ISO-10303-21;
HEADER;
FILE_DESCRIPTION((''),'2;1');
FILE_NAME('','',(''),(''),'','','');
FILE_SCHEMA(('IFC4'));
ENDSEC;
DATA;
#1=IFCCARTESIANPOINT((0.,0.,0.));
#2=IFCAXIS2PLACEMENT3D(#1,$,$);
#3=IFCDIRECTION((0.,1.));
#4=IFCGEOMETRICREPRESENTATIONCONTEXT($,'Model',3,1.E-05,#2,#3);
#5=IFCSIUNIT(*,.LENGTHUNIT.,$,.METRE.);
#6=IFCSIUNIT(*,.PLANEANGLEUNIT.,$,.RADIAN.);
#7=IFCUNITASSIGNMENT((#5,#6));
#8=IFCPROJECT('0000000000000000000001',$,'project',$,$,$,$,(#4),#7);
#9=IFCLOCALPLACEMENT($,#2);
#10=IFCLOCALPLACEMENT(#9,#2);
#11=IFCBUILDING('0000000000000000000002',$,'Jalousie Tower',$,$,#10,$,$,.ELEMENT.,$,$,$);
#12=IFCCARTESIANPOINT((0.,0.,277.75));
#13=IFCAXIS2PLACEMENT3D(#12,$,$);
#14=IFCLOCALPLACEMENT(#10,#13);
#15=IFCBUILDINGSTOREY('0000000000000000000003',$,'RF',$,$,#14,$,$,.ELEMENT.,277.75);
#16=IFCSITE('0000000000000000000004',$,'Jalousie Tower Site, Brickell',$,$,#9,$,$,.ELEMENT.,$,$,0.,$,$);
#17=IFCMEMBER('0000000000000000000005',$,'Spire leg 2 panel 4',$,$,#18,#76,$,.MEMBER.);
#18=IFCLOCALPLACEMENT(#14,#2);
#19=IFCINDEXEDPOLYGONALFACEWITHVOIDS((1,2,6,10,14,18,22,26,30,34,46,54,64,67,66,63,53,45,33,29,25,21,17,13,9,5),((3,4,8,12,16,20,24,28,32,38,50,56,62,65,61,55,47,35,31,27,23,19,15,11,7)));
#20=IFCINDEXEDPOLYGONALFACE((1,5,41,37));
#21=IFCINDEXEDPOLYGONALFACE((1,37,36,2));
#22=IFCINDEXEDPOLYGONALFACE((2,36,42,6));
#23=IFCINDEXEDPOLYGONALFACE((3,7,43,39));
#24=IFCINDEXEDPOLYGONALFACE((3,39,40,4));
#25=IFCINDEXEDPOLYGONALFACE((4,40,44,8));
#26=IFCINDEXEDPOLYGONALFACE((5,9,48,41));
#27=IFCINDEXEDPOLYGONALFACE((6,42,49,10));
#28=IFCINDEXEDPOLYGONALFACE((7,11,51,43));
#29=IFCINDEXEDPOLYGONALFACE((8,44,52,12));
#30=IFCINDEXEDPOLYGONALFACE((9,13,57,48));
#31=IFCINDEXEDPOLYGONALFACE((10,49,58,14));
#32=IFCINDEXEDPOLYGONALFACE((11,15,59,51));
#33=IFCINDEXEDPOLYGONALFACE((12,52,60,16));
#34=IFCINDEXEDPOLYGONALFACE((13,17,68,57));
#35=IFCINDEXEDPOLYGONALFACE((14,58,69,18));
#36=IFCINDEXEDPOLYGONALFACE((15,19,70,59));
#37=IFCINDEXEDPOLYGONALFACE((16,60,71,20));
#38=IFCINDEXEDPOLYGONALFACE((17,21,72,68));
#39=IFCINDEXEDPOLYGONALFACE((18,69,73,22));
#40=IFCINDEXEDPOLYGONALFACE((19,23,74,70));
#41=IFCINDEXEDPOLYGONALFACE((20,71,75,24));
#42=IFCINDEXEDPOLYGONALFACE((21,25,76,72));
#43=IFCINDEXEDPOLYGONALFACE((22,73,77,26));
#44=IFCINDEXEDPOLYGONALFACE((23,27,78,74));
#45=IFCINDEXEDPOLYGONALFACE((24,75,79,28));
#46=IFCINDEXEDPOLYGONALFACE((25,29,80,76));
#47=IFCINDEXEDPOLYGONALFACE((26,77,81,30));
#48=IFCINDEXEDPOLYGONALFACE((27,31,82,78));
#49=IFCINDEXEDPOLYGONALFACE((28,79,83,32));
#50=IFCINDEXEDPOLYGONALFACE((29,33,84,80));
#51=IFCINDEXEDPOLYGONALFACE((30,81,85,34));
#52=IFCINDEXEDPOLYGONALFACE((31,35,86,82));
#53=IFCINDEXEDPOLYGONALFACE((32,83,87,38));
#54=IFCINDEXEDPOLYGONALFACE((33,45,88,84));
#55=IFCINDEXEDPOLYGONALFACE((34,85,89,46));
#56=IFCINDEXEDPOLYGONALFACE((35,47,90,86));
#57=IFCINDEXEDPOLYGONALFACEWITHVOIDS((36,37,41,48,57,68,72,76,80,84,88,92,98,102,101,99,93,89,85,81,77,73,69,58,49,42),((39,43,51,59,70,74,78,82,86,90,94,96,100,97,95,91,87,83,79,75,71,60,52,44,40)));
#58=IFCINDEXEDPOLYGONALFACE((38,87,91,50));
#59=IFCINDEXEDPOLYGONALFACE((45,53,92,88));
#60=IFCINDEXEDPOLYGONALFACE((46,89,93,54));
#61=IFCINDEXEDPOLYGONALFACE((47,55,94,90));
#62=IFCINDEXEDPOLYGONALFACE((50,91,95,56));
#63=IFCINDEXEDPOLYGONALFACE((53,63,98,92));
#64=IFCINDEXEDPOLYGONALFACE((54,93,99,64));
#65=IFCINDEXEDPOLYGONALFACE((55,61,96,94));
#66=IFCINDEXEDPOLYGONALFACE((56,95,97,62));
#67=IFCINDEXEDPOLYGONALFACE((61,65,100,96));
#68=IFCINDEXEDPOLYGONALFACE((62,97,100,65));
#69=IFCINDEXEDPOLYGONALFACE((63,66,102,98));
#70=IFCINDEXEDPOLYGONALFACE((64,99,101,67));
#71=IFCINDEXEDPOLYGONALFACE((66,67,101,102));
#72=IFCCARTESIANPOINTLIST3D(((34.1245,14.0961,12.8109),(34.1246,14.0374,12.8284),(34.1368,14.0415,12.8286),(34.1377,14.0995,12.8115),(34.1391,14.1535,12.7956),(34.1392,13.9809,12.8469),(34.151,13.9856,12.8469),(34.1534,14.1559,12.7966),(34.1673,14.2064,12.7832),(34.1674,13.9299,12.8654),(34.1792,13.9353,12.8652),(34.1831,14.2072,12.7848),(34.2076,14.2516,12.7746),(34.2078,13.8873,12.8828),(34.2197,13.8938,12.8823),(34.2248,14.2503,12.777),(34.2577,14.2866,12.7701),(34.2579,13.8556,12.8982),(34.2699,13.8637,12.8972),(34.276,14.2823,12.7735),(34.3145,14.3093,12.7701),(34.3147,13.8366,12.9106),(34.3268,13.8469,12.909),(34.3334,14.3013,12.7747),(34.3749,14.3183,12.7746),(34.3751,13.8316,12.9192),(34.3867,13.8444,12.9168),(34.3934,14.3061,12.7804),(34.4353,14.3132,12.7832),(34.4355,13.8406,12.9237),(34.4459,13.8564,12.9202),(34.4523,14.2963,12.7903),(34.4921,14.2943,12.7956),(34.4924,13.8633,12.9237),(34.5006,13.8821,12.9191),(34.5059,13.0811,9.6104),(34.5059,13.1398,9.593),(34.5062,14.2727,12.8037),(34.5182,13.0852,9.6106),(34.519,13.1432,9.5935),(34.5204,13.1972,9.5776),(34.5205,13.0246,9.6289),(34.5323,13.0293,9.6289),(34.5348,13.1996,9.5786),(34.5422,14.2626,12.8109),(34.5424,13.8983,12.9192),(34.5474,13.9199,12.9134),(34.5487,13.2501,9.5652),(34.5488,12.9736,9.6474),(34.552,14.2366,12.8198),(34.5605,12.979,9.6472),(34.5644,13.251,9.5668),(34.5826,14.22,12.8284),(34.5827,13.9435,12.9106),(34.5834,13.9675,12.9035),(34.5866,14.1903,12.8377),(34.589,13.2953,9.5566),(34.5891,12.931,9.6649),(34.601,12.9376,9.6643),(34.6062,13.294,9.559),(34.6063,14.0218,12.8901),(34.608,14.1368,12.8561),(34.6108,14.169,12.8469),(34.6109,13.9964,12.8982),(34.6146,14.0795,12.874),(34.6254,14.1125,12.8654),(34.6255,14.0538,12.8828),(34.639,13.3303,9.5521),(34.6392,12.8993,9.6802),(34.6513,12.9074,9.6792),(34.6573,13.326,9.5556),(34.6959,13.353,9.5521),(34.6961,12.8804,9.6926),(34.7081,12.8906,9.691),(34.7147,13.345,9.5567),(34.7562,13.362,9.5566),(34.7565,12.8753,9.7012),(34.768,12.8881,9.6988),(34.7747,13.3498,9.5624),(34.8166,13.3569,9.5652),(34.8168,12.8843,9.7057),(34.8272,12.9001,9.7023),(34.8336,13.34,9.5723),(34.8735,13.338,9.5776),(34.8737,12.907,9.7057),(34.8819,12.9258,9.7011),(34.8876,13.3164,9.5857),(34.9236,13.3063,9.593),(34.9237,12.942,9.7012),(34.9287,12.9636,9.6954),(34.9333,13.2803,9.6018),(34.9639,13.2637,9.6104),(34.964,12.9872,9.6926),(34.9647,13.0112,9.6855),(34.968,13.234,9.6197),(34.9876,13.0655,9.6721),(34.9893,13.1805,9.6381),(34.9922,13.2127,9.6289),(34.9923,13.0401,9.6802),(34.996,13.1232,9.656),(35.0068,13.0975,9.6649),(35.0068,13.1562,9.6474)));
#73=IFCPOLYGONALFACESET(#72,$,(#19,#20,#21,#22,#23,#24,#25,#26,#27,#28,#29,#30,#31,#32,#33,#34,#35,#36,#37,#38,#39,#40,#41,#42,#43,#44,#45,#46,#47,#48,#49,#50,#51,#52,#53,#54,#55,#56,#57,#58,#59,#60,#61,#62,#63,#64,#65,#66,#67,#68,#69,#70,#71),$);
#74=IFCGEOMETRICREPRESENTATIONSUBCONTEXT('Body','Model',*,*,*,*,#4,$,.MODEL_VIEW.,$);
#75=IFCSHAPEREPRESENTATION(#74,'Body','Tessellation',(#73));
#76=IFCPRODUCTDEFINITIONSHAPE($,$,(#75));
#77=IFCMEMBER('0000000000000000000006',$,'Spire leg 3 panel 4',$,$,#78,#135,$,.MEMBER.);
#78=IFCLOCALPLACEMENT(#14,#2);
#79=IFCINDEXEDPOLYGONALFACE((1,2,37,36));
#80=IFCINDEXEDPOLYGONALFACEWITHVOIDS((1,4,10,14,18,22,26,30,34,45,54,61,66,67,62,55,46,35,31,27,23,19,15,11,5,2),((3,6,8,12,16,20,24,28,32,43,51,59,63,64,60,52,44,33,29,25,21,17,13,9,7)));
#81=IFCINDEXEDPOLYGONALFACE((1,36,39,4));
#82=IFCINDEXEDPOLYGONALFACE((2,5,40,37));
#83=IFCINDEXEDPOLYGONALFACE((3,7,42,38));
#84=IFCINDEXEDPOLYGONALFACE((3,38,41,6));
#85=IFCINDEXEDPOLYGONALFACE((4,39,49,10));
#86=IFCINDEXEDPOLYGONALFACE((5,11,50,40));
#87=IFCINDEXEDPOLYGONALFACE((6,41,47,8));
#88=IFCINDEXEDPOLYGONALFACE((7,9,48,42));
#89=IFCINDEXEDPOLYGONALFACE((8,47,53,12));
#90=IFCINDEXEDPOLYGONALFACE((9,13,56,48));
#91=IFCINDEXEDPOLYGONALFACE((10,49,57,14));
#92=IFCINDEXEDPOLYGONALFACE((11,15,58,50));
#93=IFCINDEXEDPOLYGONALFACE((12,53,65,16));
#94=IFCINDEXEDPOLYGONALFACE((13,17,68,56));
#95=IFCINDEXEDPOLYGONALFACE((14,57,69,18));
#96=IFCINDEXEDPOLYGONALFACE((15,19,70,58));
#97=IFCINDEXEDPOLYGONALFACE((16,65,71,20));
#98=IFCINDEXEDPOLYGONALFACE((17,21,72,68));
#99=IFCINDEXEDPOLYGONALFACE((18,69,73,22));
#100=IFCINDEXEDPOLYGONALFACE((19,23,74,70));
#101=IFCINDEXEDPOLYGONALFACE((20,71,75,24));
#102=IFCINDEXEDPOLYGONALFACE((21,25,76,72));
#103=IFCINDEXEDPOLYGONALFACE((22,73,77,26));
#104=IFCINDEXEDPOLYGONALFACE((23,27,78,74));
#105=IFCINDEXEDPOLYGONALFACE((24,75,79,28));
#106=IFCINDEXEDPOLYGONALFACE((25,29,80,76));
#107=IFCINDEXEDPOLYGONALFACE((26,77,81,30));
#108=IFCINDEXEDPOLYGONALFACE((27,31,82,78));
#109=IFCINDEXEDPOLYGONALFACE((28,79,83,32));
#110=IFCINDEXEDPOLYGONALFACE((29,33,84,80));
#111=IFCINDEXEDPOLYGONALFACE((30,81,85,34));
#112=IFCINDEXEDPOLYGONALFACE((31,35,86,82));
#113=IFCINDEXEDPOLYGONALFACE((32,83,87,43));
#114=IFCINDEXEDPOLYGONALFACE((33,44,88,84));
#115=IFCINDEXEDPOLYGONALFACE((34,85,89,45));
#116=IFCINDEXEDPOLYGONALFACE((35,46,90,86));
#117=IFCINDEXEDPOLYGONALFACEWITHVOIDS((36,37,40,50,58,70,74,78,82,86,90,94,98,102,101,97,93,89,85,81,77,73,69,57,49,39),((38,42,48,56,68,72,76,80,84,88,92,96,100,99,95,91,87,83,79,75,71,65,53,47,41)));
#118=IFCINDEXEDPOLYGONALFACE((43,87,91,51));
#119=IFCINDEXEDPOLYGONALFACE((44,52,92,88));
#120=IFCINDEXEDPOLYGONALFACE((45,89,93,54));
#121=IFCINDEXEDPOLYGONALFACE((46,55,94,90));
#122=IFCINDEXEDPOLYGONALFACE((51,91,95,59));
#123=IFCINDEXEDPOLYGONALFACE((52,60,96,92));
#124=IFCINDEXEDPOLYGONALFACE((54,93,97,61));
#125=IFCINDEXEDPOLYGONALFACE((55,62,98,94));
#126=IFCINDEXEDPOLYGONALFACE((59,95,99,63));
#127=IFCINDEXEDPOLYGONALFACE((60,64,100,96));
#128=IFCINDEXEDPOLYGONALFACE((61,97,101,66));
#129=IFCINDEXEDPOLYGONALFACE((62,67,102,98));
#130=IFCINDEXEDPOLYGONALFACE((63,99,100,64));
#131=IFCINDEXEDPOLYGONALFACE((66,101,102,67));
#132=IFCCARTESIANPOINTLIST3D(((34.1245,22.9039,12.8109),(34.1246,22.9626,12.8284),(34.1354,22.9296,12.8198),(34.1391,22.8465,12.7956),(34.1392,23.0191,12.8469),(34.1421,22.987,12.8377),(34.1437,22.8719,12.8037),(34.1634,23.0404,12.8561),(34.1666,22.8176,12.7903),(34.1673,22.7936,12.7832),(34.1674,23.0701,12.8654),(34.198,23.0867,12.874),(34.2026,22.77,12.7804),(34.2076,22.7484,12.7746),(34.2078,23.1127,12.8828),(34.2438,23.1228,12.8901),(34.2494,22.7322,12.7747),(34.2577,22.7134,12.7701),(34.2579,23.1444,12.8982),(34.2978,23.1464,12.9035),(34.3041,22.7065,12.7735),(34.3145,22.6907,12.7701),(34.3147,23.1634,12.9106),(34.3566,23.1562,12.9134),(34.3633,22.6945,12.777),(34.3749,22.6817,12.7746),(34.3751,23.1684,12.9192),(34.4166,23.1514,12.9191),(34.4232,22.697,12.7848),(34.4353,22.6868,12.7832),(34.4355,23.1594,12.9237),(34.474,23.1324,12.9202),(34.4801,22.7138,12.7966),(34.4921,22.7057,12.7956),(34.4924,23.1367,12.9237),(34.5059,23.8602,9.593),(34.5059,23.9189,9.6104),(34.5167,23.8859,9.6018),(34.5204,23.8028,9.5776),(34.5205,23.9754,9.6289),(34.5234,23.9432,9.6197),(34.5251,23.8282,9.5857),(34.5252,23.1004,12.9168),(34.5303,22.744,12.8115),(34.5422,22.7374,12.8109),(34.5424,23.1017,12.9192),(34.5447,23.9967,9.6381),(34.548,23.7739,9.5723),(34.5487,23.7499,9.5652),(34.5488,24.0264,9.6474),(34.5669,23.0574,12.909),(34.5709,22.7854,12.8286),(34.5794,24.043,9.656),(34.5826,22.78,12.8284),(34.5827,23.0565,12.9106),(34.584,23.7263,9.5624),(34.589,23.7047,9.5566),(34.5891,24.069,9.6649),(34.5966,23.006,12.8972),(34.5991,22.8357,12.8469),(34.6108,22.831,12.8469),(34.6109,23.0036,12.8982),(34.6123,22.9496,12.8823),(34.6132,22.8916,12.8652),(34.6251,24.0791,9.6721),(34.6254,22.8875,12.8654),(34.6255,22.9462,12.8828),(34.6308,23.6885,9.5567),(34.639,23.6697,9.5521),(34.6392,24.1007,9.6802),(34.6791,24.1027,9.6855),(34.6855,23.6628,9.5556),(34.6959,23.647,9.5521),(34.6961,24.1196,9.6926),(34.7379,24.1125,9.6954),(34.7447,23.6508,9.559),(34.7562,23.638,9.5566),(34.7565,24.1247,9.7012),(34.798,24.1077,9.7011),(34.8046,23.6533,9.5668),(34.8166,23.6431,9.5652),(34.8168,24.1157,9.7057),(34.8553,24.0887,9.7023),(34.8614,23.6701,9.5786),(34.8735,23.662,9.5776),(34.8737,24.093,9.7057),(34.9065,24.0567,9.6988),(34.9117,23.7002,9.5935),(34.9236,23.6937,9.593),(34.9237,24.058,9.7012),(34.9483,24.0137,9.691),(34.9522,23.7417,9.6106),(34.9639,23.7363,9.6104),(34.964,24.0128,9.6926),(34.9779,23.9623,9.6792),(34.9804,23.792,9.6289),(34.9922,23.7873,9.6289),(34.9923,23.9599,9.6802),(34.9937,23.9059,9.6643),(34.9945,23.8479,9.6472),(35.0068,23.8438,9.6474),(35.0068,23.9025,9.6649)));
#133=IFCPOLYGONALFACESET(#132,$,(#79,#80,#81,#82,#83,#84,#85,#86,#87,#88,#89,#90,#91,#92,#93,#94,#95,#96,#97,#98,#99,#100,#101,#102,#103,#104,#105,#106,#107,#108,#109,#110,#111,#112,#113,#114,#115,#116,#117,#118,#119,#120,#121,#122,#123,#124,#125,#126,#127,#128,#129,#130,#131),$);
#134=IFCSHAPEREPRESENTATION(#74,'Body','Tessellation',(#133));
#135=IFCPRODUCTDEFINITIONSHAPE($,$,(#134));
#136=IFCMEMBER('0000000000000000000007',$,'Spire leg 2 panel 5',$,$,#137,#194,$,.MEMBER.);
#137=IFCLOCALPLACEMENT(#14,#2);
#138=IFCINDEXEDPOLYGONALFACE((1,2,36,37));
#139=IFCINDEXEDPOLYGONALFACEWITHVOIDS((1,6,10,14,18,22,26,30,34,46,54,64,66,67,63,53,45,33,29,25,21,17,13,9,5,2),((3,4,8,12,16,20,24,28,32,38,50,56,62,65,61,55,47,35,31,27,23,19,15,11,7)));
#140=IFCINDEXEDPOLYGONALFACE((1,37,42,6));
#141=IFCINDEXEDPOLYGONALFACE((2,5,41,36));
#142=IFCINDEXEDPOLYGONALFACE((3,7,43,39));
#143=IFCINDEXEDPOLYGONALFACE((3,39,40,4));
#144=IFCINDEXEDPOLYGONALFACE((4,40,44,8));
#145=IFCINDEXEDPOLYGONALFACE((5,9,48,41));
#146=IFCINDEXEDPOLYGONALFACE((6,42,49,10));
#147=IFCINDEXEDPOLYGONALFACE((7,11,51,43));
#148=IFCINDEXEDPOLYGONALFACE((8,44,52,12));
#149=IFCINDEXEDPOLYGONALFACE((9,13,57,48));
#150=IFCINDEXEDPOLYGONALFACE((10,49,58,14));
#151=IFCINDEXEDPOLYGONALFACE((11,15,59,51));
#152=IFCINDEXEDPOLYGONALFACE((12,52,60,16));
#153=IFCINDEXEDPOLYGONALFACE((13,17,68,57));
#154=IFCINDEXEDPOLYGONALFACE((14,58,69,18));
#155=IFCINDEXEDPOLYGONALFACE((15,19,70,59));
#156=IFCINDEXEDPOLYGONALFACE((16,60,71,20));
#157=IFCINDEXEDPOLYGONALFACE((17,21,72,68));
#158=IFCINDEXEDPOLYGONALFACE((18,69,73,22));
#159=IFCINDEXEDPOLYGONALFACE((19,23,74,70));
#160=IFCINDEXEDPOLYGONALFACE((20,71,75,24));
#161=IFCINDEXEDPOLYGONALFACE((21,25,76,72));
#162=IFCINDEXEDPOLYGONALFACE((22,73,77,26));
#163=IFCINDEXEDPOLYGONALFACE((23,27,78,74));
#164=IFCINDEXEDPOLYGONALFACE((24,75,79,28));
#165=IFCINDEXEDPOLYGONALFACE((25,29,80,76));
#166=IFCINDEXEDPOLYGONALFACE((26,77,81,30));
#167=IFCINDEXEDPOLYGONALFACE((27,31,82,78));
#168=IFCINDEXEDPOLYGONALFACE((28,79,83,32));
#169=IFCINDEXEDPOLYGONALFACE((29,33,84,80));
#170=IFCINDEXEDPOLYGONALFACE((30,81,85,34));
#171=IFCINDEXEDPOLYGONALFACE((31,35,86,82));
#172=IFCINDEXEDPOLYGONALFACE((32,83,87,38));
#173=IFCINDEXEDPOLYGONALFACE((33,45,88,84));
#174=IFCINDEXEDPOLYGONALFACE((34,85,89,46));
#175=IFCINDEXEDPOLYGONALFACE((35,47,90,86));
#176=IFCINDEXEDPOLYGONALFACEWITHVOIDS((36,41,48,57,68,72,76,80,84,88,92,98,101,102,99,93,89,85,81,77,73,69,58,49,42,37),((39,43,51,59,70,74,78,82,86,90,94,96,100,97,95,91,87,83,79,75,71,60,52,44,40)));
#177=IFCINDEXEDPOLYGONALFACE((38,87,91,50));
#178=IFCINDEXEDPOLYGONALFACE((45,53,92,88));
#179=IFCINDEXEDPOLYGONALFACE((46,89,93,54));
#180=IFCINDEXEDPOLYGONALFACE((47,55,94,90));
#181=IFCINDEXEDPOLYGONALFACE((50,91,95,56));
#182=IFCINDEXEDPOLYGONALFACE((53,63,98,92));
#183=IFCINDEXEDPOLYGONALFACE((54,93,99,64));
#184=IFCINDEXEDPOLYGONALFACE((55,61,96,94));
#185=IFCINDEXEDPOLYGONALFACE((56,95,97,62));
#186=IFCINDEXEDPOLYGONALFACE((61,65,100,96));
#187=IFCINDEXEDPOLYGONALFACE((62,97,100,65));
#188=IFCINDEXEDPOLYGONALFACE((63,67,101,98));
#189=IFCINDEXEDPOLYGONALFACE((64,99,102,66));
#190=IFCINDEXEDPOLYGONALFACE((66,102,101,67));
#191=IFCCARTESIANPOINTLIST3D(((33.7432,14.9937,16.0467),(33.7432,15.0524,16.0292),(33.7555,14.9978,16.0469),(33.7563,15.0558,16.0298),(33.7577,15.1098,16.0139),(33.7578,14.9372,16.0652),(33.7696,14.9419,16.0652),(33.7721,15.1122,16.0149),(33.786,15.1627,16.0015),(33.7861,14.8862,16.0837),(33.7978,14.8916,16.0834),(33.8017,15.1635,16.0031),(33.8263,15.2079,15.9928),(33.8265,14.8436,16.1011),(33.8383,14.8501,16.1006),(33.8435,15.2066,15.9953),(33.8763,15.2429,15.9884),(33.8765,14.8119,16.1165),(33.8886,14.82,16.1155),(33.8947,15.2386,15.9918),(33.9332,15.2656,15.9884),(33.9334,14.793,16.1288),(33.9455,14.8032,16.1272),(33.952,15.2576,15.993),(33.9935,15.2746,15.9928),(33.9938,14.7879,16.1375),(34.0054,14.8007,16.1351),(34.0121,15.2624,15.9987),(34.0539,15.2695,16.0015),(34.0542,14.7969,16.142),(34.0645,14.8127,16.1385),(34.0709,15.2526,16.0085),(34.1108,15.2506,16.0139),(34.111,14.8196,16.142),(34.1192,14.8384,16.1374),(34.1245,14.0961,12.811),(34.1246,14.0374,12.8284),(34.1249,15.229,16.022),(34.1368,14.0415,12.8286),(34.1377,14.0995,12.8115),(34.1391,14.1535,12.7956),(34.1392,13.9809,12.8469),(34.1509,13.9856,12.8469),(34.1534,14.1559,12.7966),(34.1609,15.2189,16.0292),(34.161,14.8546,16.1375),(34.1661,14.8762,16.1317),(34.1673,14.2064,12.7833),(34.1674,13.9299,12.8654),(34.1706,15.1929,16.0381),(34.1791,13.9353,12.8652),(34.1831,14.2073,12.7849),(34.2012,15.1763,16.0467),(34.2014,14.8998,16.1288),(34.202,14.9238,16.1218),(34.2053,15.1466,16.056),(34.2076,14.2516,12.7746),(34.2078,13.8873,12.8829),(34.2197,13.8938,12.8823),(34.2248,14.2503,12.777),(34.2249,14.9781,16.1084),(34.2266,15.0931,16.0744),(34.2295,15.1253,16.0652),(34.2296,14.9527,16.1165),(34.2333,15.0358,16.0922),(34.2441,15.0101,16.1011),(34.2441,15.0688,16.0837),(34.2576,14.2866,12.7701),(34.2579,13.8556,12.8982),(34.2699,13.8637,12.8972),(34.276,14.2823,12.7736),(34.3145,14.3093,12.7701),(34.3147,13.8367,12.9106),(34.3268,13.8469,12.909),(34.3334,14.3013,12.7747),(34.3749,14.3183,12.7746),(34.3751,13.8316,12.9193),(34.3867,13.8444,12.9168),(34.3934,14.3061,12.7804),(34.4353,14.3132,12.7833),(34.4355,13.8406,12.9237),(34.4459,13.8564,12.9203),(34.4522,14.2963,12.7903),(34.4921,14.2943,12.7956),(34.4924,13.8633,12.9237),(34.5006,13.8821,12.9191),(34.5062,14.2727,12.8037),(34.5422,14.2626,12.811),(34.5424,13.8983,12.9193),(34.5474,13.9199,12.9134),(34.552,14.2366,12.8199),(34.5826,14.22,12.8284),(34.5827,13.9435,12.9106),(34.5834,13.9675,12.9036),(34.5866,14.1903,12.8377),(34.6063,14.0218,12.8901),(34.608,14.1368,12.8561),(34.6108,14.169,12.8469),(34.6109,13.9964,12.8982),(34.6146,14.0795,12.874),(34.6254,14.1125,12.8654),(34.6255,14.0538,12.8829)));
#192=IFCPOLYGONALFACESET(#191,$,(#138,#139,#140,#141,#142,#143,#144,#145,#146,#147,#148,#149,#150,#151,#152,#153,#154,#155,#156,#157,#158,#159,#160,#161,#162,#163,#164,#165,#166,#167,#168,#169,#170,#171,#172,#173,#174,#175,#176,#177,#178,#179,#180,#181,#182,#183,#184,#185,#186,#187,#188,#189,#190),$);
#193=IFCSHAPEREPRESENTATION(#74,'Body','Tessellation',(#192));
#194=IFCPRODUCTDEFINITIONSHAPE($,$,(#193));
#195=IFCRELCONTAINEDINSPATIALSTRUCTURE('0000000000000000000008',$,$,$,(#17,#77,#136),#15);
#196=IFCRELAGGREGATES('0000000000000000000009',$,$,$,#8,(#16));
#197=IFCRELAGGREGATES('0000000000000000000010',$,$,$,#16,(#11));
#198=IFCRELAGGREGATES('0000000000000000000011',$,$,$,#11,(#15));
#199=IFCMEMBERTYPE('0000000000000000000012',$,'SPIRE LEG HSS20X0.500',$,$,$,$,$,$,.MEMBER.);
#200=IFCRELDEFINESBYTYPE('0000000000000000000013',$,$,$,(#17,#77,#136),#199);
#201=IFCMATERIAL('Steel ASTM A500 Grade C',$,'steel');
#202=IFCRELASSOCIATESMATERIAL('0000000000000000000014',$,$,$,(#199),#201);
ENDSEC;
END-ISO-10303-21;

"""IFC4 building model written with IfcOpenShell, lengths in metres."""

from ifc_helpers import new_model, si_unit, direction, frame, origin, origin_2d, place, context, subcontext, project, spatial, hollow_circle, extrude, material, material_profile, profile_set, type_object, element, save


model = new_model("IFC4")

# Units and contexts
model_context = context("Model", 3, precision=1e-05, world=origin(), true_north=direction((0.0, 1.0)))
body_context = subcontext(model_context, "Body", "Model", "MODEL_VIEW")
ifc_project = project(units=[si_unit("LENGTHUNIT", "METRE"), si_unit("PLANEANGLEUNIT", "RADIAN")], contexts=[model_context])

# Site, building, storey
site_placement = place(None, origin())
site = spatial("IfcSite", under=ifc_project, at=site_placement, Name="Jalousie Tower Site, Brickell", CompositionType="ELEMENT", RefElevation=0.0)
building_placement = place(site_placement, origin())
building = spatial("IfcBuilding", under=site, at=building_placement, Name="Jalousie Tower", CompositionType="ELEMENT")
storey_placement = place(building_placement, frame((0.0, 0.0, 277.75)))
storey = spatial("IfcBuildingStorey", under=building, at=storey_placement, Name="RF", CompositionType="ELEMENT", Elevation=277.75)

# Members
ifc_material_1 = material(Name="Steel ASTM A500 Grade C", Category="steel")
ifc_material_profile_1 = material_profile(ifc_material_1, hollow_circle(Radius=0.2539, WallThickness=0.0127, at=origin_2d()), Name="HSS20X0.500")
ifc_profile_set_1 = profile_set([ifc_material_profile_1], Name="Steel ASTM A500 Grade C")
member_type_1 = type_object("IfcMemberType", Name="SPIRE LEG HSS20X0.500", PredefinedType="MEMBER", material=ifc_profile_set_1)
for number, where, z_axis, x_axis, name in (
    (1, (34.7563, 13.1187, 9.6289), (-0.112868, 0.283038, 0.952444), (-0.928869, -0.370409, 0.0), "Spire leg 2 panel 4"),
    (2, (34.7563, 23.8813, 9.6289), (-0.112868, -0.283038, 0.952444), (0.928869, -0.370409, 0.0), "Spire leg 3 panel 4"),
):
    element("IfcMember", number, at=place(storey_placement, frame(where, z_axis=z_axis, x_axis=x_axis)), inside=storey, type_object=member_type_1, Name=name, PredefinedType="MEMBER", context=body_context, shape_type="SweptSolid", body=[
        extrude(hollow_circle(Radius=0.2539, WallThickness=0.0127, at=origin_2d()), origin(), (0.0, 0.0, 1.0), 3.3787),
    ])
for number, where, z_axis, x_axis, name in (
    (3, (34.375, 14.075, 12.8469), (-0.112861, 0.283019, 0.952451), (-0.928869, -0.370409, 0.0), "Spire leg 2 panel 5"),
):
    element("IfcMember", number, at=place(storey_placement, frame(where, z_axis=z_axis, x_axis=x_axis)), inside=storey, type_object=member_type_1, Name=name, PredefinedType="MEMBER", context=body_context, shape_type="SweptSolid", body=[
        extrude(hollow_circle(Radius=0.2539, WallThickness=0.0127, at=origin_2d()), origin(), (0.0, 0.0, 1.0), 3.3789),
    ])

save(model, "model.ifc")
